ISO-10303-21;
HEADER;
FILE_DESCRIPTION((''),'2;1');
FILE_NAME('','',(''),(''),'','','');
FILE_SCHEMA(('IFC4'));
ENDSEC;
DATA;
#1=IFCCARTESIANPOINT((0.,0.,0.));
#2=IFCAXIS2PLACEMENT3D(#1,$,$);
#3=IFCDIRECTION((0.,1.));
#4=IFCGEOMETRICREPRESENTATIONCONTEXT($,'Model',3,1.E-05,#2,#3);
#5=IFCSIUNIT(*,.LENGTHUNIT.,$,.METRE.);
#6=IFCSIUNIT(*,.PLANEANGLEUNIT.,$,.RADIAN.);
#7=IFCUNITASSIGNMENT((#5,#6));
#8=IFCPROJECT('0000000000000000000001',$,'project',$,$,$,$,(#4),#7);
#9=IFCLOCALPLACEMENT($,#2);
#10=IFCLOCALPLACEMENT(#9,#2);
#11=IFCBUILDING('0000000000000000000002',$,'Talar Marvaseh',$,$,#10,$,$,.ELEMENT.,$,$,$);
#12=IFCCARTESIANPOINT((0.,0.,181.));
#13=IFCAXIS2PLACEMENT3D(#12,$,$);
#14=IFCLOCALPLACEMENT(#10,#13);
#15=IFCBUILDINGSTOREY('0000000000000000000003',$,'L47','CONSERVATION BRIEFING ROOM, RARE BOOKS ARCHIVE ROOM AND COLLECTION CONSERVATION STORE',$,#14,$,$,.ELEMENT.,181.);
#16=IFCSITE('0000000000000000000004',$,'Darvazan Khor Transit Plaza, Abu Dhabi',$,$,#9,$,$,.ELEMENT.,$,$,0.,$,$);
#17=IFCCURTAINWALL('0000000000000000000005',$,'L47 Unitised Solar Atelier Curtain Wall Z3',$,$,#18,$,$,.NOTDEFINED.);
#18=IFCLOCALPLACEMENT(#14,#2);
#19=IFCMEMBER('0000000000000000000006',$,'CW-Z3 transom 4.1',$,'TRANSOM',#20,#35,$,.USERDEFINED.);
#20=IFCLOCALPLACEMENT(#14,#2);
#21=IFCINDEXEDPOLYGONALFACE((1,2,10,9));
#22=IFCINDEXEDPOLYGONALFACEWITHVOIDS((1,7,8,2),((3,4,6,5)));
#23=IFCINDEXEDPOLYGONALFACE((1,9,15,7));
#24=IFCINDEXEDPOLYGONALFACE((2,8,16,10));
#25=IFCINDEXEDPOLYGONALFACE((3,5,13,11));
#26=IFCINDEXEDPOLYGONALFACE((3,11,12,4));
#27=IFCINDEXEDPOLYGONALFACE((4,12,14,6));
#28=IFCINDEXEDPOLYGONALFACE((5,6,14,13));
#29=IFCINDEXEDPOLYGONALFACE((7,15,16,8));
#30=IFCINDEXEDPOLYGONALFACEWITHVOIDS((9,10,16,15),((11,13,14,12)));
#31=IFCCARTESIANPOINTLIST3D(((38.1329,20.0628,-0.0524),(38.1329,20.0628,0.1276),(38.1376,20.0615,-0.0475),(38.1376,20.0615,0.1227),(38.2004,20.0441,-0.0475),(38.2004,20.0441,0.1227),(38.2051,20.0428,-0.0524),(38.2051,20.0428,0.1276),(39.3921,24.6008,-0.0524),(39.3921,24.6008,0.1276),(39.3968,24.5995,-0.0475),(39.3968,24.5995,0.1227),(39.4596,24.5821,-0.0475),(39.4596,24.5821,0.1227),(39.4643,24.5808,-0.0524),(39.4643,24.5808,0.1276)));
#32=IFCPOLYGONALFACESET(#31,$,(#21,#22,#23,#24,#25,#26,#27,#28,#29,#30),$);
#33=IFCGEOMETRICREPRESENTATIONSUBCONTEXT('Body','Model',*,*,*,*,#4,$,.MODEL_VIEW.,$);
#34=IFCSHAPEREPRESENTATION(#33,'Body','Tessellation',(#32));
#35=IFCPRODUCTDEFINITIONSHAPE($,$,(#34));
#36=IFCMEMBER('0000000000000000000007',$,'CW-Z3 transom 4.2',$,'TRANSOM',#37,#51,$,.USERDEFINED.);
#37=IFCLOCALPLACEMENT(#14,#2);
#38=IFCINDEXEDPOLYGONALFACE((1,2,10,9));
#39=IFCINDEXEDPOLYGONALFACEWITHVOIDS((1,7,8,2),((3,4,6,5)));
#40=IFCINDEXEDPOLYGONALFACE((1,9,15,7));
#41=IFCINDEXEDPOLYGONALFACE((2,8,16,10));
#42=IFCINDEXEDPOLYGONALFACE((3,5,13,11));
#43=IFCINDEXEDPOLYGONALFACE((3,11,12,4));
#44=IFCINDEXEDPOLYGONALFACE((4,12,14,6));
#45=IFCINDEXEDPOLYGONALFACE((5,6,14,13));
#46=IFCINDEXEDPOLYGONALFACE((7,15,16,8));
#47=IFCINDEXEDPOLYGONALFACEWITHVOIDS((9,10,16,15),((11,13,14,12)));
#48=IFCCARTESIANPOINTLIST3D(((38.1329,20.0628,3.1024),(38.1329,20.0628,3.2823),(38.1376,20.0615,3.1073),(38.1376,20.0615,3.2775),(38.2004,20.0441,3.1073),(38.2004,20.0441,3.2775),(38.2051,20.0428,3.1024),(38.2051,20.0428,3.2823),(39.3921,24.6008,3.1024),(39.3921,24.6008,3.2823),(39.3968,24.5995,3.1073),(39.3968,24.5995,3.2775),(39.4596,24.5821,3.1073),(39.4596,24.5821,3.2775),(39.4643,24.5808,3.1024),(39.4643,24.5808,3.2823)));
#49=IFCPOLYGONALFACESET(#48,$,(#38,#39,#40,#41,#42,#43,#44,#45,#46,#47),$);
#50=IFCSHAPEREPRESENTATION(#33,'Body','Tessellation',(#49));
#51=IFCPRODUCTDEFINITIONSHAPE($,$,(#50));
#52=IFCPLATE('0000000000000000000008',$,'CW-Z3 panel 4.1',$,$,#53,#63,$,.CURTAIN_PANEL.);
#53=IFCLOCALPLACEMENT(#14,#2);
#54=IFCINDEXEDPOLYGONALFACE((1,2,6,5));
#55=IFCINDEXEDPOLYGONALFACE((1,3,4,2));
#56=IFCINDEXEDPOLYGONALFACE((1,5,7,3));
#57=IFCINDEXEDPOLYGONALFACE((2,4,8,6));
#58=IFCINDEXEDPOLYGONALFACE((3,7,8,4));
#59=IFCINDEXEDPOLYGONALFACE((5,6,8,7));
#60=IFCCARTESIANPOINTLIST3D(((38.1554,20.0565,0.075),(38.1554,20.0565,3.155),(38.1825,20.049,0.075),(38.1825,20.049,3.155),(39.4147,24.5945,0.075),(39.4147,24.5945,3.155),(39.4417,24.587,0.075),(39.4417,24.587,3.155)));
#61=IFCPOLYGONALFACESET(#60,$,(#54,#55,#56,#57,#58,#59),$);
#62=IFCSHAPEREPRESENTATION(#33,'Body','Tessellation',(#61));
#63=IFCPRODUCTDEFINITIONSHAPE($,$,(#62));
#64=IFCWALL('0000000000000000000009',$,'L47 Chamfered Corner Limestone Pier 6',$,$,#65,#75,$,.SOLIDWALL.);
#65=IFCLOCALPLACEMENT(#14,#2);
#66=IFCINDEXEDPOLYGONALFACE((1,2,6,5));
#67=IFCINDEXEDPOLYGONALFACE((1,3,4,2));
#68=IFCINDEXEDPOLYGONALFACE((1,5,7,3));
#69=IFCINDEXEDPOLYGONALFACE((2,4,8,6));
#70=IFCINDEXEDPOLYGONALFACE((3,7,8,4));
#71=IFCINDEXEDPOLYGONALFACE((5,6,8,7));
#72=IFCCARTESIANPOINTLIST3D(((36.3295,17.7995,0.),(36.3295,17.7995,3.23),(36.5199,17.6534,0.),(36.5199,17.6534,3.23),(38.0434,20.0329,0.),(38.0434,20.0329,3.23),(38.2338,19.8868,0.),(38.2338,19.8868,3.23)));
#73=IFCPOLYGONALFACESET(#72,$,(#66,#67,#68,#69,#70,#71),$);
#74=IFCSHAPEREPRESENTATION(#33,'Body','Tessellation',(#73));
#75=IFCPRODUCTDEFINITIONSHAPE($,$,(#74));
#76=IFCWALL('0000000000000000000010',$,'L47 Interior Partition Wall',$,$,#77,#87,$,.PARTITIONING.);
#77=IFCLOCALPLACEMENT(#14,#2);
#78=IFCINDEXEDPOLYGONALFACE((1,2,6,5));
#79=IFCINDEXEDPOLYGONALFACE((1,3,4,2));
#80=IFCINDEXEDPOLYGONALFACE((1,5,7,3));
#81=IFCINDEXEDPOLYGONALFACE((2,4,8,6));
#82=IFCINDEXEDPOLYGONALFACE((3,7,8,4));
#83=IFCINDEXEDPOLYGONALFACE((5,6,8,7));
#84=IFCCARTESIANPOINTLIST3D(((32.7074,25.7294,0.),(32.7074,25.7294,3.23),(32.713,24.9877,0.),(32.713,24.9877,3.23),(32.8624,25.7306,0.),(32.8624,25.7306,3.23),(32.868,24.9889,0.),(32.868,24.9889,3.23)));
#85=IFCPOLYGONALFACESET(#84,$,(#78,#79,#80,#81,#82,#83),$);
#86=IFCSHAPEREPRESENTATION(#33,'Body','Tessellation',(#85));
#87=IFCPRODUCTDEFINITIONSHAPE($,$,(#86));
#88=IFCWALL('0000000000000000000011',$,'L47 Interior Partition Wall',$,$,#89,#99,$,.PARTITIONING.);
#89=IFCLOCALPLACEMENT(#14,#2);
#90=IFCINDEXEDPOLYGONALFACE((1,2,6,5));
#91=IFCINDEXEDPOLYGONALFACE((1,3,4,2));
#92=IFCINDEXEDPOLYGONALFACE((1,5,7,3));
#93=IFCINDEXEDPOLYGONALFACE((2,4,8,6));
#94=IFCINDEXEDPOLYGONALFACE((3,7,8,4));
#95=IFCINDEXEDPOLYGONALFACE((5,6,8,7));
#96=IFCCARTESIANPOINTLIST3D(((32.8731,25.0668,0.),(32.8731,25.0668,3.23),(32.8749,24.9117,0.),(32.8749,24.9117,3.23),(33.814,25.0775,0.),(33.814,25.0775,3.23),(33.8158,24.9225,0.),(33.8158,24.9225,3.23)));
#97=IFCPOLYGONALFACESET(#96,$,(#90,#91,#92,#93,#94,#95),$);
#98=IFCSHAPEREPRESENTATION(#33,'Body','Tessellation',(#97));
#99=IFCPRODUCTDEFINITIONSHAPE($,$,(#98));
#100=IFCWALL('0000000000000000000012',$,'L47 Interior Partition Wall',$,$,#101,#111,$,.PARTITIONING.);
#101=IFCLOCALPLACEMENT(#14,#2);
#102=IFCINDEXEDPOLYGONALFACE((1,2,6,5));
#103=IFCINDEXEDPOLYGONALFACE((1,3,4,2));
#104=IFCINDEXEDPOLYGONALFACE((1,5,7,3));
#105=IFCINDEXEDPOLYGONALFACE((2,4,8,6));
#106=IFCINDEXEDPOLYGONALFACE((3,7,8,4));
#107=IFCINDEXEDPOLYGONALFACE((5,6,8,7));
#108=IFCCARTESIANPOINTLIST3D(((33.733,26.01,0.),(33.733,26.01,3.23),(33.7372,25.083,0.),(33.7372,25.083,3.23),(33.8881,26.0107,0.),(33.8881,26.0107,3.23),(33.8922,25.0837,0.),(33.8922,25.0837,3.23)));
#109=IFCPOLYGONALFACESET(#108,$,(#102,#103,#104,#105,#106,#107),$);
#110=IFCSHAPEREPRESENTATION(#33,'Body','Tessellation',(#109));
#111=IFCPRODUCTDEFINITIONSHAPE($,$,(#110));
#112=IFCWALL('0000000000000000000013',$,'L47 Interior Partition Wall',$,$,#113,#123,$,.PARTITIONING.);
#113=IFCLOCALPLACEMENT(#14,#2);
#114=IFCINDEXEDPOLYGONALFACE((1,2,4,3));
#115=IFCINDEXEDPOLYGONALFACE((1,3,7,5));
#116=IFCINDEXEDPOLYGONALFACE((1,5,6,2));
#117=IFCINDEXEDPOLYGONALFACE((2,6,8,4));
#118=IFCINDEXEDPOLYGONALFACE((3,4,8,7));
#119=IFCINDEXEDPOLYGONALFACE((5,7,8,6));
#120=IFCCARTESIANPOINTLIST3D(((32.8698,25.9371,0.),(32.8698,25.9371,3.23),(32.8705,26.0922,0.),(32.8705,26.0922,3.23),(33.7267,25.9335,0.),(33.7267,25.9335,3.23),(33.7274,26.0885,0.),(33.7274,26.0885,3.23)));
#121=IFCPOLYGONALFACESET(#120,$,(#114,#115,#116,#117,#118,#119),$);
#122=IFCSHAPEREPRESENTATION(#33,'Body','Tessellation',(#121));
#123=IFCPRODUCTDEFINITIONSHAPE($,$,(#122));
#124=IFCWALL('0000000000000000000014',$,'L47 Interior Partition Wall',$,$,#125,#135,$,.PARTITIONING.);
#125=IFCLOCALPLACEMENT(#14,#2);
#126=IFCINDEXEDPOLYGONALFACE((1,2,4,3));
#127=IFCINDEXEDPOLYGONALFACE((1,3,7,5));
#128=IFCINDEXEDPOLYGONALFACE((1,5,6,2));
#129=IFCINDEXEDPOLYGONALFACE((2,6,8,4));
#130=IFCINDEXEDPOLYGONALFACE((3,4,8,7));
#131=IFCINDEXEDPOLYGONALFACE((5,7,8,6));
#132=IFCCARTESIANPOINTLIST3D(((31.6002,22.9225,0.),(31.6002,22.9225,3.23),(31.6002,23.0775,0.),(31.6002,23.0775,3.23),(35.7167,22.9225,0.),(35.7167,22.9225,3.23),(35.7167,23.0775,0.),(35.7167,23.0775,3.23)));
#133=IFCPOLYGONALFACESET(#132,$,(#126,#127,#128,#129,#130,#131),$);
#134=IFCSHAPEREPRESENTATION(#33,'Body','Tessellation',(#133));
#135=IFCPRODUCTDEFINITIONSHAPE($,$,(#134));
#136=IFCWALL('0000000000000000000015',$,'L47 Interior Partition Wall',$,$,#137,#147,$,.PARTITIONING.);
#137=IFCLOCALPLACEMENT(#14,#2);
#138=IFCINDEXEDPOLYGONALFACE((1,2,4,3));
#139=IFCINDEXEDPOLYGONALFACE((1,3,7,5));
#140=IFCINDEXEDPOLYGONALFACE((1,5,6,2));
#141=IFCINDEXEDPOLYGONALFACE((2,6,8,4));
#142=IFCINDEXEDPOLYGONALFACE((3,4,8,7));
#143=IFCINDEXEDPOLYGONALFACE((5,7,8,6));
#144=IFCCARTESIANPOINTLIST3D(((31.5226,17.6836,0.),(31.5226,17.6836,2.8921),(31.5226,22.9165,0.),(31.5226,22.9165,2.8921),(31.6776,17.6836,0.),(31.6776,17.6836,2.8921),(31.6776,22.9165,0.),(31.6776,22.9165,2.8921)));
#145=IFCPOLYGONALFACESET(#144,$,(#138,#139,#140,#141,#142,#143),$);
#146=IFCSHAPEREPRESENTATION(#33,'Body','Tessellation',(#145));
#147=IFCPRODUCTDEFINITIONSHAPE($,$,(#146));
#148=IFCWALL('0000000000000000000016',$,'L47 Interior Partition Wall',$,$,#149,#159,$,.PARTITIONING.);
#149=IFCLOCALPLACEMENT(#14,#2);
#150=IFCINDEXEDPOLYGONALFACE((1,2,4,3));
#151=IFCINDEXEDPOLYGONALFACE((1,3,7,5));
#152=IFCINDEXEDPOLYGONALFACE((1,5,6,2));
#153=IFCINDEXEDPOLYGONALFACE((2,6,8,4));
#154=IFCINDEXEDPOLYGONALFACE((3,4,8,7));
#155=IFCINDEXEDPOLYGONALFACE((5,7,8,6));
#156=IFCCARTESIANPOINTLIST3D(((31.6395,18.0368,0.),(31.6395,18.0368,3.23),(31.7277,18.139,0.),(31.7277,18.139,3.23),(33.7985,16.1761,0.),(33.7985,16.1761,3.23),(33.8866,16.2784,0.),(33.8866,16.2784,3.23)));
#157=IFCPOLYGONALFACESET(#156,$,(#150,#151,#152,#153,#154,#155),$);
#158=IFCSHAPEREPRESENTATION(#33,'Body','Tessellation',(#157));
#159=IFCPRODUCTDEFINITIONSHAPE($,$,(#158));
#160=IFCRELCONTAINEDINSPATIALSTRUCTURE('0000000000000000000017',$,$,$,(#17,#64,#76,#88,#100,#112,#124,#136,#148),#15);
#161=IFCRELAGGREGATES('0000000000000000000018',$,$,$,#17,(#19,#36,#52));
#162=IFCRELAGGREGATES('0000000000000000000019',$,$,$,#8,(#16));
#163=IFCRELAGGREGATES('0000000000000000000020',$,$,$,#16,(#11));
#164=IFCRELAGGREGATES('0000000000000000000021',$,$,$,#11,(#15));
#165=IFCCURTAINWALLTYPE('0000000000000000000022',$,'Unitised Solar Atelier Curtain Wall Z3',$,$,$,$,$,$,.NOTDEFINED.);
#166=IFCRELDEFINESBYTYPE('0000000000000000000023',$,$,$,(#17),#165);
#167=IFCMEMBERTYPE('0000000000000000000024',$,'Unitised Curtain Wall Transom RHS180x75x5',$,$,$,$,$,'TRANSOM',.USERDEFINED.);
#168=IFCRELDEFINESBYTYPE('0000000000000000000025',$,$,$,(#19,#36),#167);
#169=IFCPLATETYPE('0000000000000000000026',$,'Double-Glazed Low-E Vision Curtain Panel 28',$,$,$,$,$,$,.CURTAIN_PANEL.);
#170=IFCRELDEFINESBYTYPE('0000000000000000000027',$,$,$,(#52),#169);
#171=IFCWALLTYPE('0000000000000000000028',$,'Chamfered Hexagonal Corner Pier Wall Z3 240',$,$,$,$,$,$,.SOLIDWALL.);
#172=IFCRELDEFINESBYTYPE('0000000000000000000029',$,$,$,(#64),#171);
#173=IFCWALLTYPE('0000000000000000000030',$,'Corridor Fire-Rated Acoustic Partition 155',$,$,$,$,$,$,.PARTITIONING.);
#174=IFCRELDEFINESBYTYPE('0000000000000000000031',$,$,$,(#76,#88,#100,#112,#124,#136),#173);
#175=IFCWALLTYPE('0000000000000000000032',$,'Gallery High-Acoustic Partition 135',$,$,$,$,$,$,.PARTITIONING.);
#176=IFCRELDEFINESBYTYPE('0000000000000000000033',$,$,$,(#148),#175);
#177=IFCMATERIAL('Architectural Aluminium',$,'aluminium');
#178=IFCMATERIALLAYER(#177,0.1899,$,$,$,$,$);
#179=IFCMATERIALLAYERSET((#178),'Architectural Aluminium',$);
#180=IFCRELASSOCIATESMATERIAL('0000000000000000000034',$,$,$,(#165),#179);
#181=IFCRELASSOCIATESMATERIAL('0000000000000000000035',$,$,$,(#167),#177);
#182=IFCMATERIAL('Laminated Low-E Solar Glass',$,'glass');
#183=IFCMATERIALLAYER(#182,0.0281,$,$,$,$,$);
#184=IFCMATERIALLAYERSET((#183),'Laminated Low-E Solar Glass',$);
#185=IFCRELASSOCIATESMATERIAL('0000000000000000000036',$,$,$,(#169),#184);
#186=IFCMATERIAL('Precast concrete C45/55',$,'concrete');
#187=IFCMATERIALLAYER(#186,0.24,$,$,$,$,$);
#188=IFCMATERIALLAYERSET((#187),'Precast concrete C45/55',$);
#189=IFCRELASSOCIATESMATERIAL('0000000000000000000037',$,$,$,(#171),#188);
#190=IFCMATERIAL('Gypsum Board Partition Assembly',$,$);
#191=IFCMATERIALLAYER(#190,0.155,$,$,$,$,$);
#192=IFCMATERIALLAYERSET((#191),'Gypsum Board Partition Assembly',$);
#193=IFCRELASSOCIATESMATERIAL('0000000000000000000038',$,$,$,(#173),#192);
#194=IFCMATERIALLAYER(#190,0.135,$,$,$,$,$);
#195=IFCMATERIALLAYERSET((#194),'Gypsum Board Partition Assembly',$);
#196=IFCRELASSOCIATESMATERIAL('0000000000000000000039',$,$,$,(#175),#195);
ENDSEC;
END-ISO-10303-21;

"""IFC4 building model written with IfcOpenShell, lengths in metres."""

from ifc_helpers import new_model, si_unit, direction, frame, frame_2d, origin, origin_2d, place, context, subcontext, project, spatial, rectangle, hollow_rectangle, extrude, source, transform, mapped, material, layer, layer_set, material_profile, profile_set, type_object, type_shapes, element, aggregate, save


model = new_model("IFC4")

# Units and contexts
model_context = context("Model", 3, precision=1e-05, world=origin(), true_north=direction((0.0, 1.0)))
body_context = subcontext(model_context, "Body", "Model", "MODEL_VIEW")
ifc_project = project(units=[si_unit("LENGTHUNIT", "METRE"), si_unit("PLANEANGLEUNIT", "RADIAN")], contexts=[model_context])

# Site, building, storey
site_placement = place(None, origin())
site = spatial("IfcSite", under=ifc_project, at=site_placement, Name="Darvazan Khor Transit Plaza, Abu Dhabi", CompositionType="ELEMENT", RefElevation=0.0)
building_placement = place(site_placement, origin())
building = spatial("IfcBuilding", under=site, at=building_placement, Name="Talar Marvaseh", CompositionType="ELEMENT")
storey_placement = place(building_placement, frame((0.0, 0.0, 181.0)))
storey = spatial("IfcBuildingStorey", under=building, at=storey_placement, Name="L47", Description="CONSERVATION BRIEFING ROOM, RARE BOOKS ARCHIVE ROOM AND COLLECTION CONSERVATION STORE", CompositionType="ELEMENT", Elevation=181.0)

# Curtain wall, members, plate
ifc_material_1 = material(Name="Architectural Aluminium", Category="aluminium")
ifc_layer_1 = layer(ifc_material_1, 0.1899)
ifc_layer_set_1 = layer_set([ifc_layer_1], Name="Architectural Aluminium")
curtain_wall_type = type_object("IfcCurtainWallType", Name="Unitised Solar Atelier Curtain Wall Z3", PredefinedType="NOTDEFINED", material=ifc_layer_set_1)
curtain_wall_placement = place(storey_placement, origin())
curtain_wall = element("IfcCurtainWall", 1, at=curtain_wall_placement, inside=storey, type_object=curtain_wall_type, Name="L47 Unitised Solar Atelier Curtain Wall Z3", PredefinedType="NOTDEFINED")
ifc_material_profile_1 = material_profile(ifc_material_1, hollow_rectangle(XDim=0.075, YDim=0.1799, WallThickness=0.0049, at=origin_2d()), Name="RHS180x75x5")
ifc_profile_set_1 = profile_set([ifc_material_profile_1], Name="Architectural Aluminium")
member_type_1 = type_object("IfcMemberType", Name="Unitised Curtain Wall Transom RHS180x75x5", ElementType="TRANSOM", PredefinedType="USERDEFINED", material=ifc_profile_set_1)
shared_shape_1 = source(origin(), body_context, "Body", "SweptSolid", [
    extrude(hollow_rectangle(XDim=0.075, YDim=0.1799, WallThickness=0.0049, at=origin_2d()), origin(), (0.0, 0.0, 1.0), 4.7095),
])
type_shapes(member_type_1, [shared_shape_1])
member_1_placement = place(storey_placement, frame((39.4282, 24.5908, 0.0376), z_axis=(-0.267387, -0.963589, 0.0), x_axis=(0.963589, -0.267387, 0.0)))
member_1 = element("IfcMember", 2, at=member_1_placement, type_object=member_type_1, Name="CW-Z3 transom 4.1", ObjectType="TRANSOM", PredefinedType="USERDEFINED", context=body_context, shape_type="MappedRepresentation", body=[
    mapped(shared_shape_1, transform((0.0, 0.0, 0.0), x_axis=(1.0, 0.0, 0.0), y_axis=(0.0, 1.0, 0.0), z_axis=(0.0, 0.0, 1.0), scale=1.0)),
])
member_2_placement = place(storey_placement, frame((39.4282, 24.5908, 3.1924), z_axis=(-0.267387, -0.963589, 0.0), x_axis=(0.963589, -0.267387, 0.0)))
member_2 = element("IfcMember", 3, at=member_2_placement, type_object=member_type_1, Name="CW-Z3 transom 4.2", ObjectType="TRANSOM", PredefinedType="USERDEFINED", context=body_context, shape_type="MappedRepresentation", body=[
    mapped(shared_shape_1, transform((0.0, 0.0, 0.0), x_axis=(1.0, 0.0, 0.0), y_axis=(0.0, 1.0, 0.0), z_axis=(0.0, 0.0, 1.0), scale=1.0)),
])
ifc_material_2 = material(Name="Laminated Low-E Solar Glass", Category="glass")
ifc_layer_2 = layer(ifc_material_2, 0.0281)
ifc_layer_set_2 = layer_set([ifc_layer_2], Name="Laminated Low-E Solar Glass")
plate_type = type_object("IfcPlateType", Name="Double-Glazed Low-E Vision Curtain Panel 28", PredefinedType="CURTAIN_PANEL", material=ifc_layer_set_2)
shared_shape_2 = source(origin(), body_context, "Body", "SweptSolid", [
    extrude(rectangle(XDim=4.7095, YDim=0.0281, at=origin_2d()), origin(), (0.0, 0.0, 1.0), 3.0801),
])
type_shapes(plate_type, [shared_shape_2])
plate_placement = place(storey_placement, frame((38.7986, 22.3218, 0.075), z_axis=(0.0, 0.0, 1.0), x_axis=(-0.267386, -0.963589, 0.0)))
plate = element("IfcPlate", 4, at=plate_placement, type_object=plate_type, Name="CW-Z3 panel 4.1", PredefinedType="CURTAIN_PANEL", context=body_context, shape_type="MappedRepresentation", body=[
    mapped(shared_shape_2, transform((0.0, 0.0, 0.0), x_axis=(1.0, 0.0, 0.0), y_axis=(0.0, 1.0, 0.0), z_axis=(0.0, 0.0, 1.0), scale=1.0)),
])
aggregate(curtain_wall, [member_1, member_2, plate])

# Walls
ifc_material_3 = material(Name="Precast concrete C45/55", Category="concrete")
ifc_layer_3 = layer(ifc_material_3, 0.24)
ifc_layer_set_3 = layer_set([ifc_layer_3], Name="Precast concrete C45/55")
wall_type_1 = type_object("IfcWallType", Name="Chamfered Hexagonal Corner Pier Wall Z3 240", PredefinedType="SOLIDWALL", material=ifc_layer_set_3)
wall_1_placement = place(storey_placement, frame((38.1387, 19.96, 0.0), z_axis=(0.0, 0.0, 1.0), x_axis=(-0.608788, -0.793333, 0.0)))
element("IfcWall", 5, at=wall_1_placement, inside=storey, type_object=wall_type_1, Name="L47 Chamfered Corner Limestone Pier 6", PredefinedType="SOLIDWALL", context=body_context, shape_type="SweptSolid", body=[
    extrude(rectangle(XDim=2.8152, YDim=0.24, at=frame_2d((1.4077, 0.0))), origin(), (0.0, 0.0, 1.0), 3.23),
])
ifc_material_4 = material(Name="Gypsum Board Partition Assembly")
ifc_layer_4 = layer(ifc_material_4, 0.155)
ifc_layer_set_4 = layer_set([ifc_layer_4], Name="Gypsum Board Partition Assembly")
wall_type_2 = type_object("IfcWallType", Name="Corridor Fire-Rated Acoustic Partition 155", PredefinedType="PARTITIONING", material=ifc_layer_set_4)
wall_2_placement = place(storey_placement, frame((32.7849, 25.73, 0.0), z_axis=(0.0, 0.0, 1.0), x_axis=(0.007571, -0.999971, 0.0)))
element("IfcWall", 6, at=wall_2_placement, inside=storey, type_object=wall_type_2, Name="L47 Interior Partition Wall", PredefinedType="PARTITIONING", context=body_context, shape_type="SweptSolid", body=[
    extrude(rectangle(XDim=0.7417, YDim=0.155, at=frame_2d((0.3708, 0.0))), origin(), (0.0, 0.0, 1.0), 3.23),
])
wall_3_placement = place(storey_placement, frame((32.874, 24.9893, 0.0), z_axis=(0.0, 0.0, 1.0), x_axis=(0.999935, 0.011416, 0.0)))
element("IfcWall", 7, at=wall_3_placement, inside=storey, type_object=wall_type_2, Name="L47 Interior Partition Wall", PredefinedType="PARTITIONING", context=body_context, shape_type="SweptSolid", body=[
    extrude(rectangle(XDim=0.9409, YDim=0.155, at=frame_2d((0.4705, 0.0))), origin(), (0.0, 0.0, 1.0), 3.23),
])
wall_4_placement = place(storey_placement, frame((33.8147, 25.0835, 0.0), z_axis=(0.0, 0.0, 1.0), x_axis=(-0.004477, 0.99999, 0.0)))
element("IfcWall", 8, at=wall_4_placement, inside=storey, type_object=wall_type_2, Name="L47 Interior Partition Wall", PredefinedType="PARTITIONING", context=body_context, shape_type="SweptSolid", body=[
    extrude(rectangle(XDim=0.927, YDim=0.155, at=frame_2d((0.4634, 0.0))), origin(), (0.0, 0.0, 1.0), 3.23),
])
wall_5_placement = place(storey_placement, frame((33.7271, 26.011, 0.0), z_axis=(0.0, 0.0, 1.0), x_axis=(-0.999991, 0.004273, 0.0)))
element("IfcWall", 9, at=wall_5_placement, inside=storey, type_object=wall_type_2, Name="L47 Interior Partition Wall", PredefinedType="PARTITIONING", context=body_context, shape_type="SweptSolid", body=[
    extrude(rectangle(XDim=0.8569, YDim=0.155, at=frame_2d((0.4285, 0.0))), origin(), (0.0, 0.0, 1.0), 3.23),
])
wall_6_placement = place(storey_placement, frame((35.7166, 23.0, 0.0), z_axis=(0.0, 0.0, 1.0), x_axis=(-1.0, 0.0, 0.0)))
element("IfcWall", 10, at=wall_6_placement, inside=storey, type_object=wall_type_2, Name="L47 Interior Partition Wall", PredefinedType="PARTITIONING", context=body_context, shape_type="SweptSolid", body=[
    extrude(rectangle(XDim=4.1165, YDim=0.155, at=frame_2d((2.0581, 0.0))), origin(), (0.0, 0.0, 1.0), 3.23),
])
wall_7_placement = place(storey_placement, frame((31.6001, 22.9165, 0.0), z_axis=(0.0, 0.0, 1.0), x_axis=(0.0, -1.0, 0.0)))
element("IfcWall", 11, at=wall_7_placement, inside=storey, type_object=wall_type_2, Name="L47 Interior Partition Wall", PredefinedType="PARTITIONING", context=body_context, shape_type="SweptSolid", body=[
    extrude(rectangle(XDim=5.2329, YDim=0.155, at=frame_2d((2.6165, 0.0))), origin(), (0.0, 0.0, 1.0), 2.8921),
])
ifc_layer_5 = layer(ifc_material_4, 0.135)
ifc_layer_set_5 = layer_set([ifc_layer_5], Name="Gypsum Board Partition Assembly")
wall_type_3 = type_object("IfcWallType", Name="Gallery High-Acoustic Partition 135", PredefinedType="PARTITIONING", material=ifc_layer_set_5)
wall_8_placement = place(storey_placement, frame((31.6836, 18.0879, 0.0), z_axis=(0.0, 0.0, 1.0), x_axis=(0.757506, -0.652828, 0.0)))
element("IfcWall", 12, at=wall_8_placement, inside=storey, type_object=wall_type_3, Name="L47 Interior Partition Wall", PredefinedType="PARTITIONING", context=body_context, shape_type="SweptSolid", body=[
    extrude(rectangle(XDim=2.8501, YDim=0.135, at=frame_2d((1.425, 0.0))), origin(), (0.0, 0.0, 1.0), 3.23),
])

save(model, "model.ifc")
